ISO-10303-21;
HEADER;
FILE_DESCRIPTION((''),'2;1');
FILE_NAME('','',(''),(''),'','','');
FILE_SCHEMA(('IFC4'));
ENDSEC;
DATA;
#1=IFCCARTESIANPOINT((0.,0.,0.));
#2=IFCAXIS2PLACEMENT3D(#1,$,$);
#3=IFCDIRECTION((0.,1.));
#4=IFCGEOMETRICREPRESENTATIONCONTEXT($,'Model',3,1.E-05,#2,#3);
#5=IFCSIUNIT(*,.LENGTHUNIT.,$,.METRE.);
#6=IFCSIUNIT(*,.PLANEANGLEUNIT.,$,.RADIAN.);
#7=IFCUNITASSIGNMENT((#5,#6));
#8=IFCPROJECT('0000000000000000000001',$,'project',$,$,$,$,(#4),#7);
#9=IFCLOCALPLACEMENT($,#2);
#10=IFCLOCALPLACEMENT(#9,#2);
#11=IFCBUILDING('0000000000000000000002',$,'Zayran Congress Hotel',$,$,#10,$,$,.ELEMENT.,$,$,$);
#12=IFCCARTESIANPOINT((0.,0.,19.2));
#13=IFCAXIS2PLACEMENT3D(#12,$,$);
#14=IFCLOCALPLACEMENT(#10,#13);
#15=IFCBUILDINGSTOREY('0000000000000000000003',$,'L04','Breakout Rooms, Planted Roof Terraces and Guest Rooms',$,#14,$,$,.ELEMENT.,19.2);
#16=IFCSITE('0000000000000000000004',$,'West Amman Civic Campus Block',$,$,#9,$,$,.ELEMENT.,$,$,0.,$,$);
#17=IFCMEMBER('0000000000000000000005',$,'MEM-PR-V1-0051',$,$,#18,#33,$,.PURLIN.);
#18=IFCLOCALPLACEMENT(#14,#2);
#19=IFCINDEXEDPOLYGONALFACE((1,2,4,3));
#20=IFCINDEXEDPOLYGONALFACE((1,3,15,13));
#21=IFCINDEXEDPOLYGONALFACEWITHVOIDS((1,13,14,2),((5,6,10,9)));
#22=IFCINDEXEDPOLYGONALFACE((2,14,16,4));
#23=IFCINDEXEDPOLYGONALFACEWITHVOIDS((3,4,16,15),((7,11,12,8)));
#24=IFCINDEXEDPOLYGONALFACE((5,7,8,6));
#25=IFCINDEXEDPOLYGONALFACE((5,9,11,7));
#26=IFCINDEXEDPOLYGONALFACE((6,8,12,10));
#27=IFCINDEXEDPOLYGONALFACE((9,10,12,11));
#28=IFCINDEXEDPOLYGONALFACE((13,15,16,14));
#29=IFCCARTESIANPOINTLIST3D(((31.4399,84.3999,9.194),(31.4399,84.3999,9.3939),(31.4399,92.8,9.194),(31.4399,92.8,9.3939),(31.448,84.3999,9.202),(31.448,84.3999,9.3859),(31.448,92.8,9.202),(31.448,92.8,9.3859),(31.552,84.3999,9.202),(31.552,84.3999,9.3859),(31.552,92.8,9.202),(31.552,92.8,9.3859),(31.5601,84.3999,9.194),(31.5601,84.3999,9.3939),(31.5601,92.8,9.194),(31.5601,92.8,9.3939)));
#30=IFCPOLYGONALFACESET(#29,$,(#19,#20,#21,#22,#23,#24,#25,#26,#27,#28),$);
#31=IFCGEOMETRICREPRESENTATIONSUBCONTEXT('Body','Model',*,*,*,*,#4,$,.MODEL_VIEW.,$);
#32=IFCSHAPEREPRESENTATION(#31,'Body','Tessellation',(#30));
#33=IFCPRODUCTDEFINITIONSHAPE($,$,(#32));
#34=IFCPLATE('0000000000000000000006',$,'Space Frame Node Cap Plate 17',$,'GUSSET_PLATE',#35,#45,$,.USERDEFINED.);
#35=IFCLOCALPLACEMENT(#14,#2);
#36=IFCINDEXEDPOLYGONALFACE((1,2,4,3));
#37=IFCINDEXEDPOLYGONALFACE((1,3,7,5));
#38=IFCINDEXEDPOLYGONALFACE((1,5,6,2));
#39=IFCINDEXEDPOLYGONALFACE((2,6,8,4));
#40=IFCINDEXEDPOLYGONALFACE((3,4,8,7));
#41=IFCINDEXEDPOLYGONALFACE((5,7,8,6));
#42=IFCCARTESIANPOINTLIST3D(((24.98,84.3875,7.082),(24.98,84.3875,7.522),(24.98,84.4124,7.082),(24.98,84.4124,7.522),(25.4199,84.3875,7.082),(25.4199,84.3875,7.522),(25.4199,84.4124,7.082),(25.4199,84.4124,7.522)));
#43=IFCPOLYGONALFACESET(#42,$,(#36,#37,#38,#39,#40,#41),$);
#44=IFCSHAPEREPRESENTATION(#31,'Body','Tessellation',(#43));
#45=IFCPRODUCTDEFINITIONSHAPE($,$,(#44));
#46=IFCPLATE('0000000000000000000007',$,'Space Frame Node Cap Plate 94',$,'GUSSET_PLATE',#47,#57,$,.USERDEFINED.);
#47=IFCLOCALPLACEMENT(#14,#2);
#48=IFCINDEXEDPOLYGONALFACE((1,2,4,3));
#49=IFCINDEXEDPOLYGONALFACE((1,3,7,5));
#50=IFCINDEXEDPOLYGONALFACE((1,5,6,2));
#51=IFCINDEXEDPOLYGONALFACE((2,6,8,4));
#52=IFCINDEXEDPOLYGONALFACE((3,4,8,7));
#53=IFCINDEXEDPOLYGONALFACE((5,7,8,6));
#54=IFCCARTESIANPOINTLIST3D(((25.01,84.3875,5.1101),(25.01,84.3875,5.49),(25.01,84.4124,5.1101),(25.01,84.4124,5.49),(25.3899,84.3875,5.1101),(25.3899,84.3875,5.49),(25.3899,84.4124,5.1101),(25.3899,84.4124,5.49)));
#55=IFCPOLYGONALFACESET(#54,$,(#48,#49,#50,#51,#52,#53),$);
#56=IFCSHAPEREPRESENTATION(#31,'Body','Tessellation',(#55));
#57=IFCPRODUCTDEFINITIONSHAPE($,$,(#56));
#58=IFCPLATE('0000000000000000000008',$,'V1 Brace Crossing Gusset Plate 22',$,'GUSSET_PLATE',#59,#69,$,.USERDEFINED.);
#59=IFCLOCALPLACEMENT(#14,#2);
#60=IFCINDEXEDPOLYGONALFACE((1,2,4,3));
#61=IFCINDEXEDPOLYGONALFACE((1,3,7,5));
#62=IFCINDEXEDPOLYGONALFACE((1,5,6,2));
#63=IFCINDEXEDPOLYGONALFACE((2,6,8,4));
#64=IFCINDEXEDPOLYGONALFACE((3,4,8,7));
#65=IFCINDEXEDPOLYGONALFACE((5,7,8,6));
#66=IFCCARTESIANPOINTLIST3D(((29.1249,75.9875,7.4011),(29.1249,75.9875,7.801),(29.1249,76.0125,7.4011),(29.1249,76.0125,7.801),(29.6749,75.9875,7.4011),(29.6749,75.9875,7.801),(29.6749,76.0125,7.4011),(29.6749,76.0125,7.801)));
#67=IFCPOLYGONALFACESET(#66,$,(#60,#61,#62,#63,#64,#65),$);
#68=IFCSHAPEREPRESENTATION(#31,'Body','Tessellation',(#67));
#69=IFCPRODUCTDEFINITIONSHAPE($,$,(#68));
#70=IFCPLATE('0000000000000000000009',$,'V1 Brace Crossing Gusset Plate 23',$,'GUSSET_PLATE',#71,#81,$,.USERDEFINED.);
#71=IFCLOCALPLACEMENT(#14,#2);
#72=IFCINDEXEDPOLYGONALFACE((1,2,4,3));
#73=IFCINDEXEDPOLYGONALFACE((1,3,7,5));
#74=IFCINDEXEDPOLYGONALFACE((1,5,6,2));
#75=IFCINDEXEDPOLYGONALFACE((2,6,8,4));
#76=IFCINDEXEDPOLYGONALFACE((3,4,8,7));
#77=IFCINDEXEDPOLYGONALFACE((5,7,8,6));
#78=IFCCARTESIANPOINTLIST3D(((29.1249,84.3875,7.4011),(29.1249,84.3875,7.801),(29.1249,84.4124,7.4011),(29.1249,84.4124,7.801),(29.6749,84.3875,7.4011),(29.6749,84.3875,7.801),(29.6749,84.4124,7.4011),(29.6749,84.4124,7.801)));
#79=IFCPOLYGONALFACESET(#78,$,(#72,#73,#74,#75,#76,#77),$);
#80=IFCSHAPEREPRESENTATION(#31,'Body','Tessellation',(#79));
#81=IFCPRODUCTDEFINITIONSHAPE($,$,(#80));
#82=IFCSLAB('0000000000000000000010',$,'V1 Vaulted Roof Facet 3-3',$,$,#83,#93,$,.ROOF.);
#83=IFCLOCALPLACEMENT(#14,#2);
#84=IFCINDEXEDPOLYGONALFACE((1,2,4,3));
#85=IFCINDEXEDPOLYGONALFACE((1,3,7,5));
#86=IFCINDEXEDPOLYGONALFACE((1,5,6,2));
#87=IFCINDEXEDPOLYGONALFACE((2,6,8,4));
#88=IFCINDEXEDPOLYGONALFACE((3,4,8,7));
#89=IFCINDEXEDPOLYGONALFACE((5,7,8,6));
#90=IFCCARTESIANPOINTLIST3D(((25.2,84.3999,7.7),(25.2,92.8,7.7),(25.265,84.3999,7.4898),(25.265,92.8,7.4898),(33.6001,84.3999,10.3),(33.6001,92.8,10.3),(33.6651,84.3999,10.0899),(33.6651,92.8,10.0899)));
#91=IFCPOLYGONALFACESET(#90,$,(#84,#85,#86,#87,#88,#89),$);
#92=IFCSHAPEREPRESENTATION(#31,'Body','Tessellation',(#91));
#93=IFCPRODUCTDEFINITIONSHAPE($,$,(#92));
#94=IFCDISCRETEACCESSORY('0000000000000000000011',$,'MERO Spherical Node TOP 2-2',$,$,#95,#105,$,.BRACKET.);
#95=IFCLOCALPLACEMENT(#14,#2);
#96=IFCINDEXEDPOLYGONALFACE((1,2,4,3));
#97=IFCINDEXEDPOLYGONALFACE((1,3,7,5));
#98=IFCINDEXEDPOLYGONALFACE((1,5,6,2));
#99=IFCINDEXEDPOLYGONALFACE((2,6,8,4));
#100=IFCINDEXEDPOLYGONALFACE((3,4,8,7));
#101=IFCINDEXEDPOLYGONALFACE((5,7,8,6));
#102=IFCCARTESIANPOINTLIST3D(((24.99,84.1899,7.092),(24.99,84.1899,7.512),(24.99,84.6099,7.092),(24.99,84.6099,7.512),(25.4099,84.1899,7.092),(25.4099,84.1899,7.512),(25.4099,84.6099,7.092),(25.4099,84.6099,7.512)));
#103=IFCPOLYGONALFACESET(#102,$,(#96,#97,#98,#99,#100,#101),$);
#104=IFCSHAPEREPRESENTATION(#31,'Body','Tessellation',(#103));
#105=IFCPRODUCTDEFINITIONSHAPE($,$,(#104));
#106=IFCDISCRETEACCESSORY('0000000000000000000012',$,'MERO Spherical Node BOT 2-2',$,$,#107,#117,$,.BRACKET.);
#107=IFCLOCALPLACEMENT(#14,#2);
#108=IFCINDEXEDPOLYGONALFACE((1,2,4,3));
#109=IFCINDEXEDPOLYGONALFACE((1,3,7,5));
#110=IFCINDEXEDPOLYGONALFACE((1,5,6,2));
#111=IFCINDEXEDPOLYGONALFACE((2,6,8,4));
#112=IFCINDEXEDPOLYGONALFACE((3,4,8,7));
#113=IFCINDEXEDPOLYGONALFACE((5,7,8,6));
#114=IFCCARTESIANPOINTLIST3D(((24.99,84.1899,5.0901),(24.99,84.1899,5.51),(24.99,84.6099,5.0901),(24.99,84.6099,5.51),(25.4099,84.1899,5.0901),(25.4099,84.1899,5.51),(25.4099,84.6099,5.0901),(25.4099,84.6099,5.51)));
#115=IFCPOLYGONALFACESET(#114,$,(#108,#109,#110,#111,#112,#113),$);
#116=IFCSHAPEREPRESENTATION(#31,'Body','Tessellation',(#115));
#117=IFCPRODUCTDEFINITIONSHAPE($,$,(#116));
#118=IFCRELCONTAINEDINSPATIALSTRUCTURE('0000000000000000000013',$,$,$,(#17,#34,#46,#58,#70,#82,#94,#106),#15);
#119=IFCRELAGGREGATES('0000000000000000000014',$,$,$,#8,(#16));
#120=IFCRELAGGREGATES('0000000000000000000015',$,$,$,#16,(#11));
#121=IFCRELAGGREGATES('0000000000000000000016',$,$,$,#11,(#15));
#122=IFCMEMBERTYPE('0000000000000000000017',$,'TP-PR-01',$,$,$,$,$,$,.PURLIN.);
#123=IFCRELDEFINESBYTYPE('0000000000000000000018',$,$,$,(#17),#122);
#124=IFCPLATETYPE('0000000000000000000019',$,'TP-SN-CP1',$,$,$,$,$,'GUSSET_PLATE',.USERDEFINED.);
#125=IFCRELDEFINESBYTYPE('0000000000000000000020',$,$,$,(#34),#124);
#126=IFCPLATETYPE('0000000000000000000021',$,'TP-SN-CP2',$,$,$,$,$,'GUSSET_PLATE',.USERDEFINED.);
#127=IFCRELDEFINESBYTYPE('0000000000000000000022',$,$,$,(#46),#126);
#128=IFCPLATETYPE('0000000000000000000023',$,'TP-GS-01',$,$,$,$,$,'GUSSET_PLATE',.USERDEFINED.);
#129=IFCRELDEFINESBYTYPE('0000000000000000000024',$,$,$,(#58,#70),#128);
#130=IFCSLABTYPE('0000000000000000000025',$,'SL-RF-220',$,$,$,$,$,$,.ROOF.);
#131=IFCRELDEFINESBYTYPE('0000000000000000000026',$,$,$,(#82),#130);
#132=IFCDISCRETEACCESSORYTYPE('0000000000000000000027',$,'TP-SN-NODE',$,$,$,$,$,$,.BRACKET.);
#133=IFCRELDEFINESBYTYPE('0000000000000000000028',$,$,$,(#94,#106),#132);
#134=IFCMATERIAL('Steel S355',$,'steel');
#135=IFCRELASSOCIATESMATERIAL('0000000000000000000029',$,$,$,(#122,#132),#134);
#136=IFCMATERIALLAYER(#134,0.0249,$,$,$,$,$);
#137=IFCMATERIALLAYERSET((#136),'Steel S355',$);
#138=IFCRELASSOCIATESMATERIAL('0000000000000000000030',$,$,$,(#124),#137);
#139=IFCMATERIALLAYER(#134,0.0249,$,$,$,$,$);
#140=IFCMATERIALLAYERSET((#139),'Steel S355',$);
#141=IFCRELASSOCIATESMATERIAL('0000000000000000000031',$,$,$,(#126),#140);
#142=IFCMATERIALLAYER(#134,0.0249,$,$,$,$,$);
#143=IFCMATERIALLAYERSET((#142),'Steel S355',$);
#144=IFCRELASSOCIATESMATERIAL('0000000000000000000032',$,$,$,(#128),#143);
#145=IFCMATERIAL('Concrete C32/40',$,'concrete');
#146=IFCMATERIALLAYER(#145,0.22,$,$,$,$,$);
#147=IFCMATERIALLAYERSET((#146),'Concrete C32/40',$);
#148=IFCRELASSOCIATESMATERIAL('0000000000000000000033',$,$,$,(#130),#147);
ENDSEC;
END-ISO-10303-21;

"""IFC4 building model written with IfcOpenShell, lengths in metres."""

from ifc_helpers import new_model, si_unit, direction, frame, origin, origin_2d, place, context, subcontext, project, spatial, polyline, rectangle, hollow_rectangle, outline, extrude, material, layer, layer_set, material_profile, profile_set, type_object, element, save


model = new_model("IFC4")

# Units and contexts
model_context = context("Model", 3, precision=1e-05, world=origin(), true_north=direction((0.0, 1.0)))
body_context = subcontext(model_context, "Body", "Model", "MODEL_VIEW")
ifc_project = project(units=[si_unit("LENGTHUNIT", "METRE"), si_unit("PLANEANGLEUNIT", "RADIAN")], contexts=[model_context])

# Site, building, storey
site_placement = place(None, origin())
site = spatial("IfcSite", under=ifc_project, at=site_placement, Name="West Amman Civic Campus Block", CompositionType="ELEMENT", RefElevation=0.0)
building_placement = place(site_placement, origin())
building = spatial("IfcBuilding", under=site, at=building_placement, Name="Zayran Congress Hotel", CompositionType="ELEMENT")
storey_placement = place(building_placement, frame((0.0, 0.0, 19.2)))
storey = spatial("IfcBuildingStorey", under=building, at=storey_placement, Name="L04", Description="Breakout Rooms, Planted Roof Terraces and Guest Rooms", CompositionType="ELEMENT", Elevation=19.2)

# Member
ifc_material_1 = material(Name="Steel S355", Category="steel")
ifc_material_profile_1 = material_profile(ifc_material_1, hollow_rectangle(XDim=0.1201, YDim=0.2, WallThickness=0.0081, at=origin_2d()), Name="RHS 200x120x8")
ifc_profile_set_1 = profile_set([ifc_material_profile_1], Name="Steel S355")
member_type_1 = type_object("IfcMemberType", Name="TP-PR-01", PredefinedType="PURLIN", material=ifc_profile_set_1)
member_1_placement = place(storey_placement, frame((31.5, 84.3999, 9.2939), z_axis=(0.0, 1.0, 0.0), x_axis=(-1.0, 0.0, 0.0)))
element("IfcMember", 1, at=member_1_placement, inside=storey, type_object=member_type_1, Name="MEM-PR-V1-0051", PredefinedType="PURLIN", context=body_context, shape_type="SweptSolid", body=[
    extrude(hollow_rectangle(XDim=0.1201, YDim=0.2, WallThickness=0.0081, at=origin_2d()), origin(), (0.0, 0.0, 1.0), 8.4001),
])

# Plates
ifc_layer_1 = layer(ifc_material_1, 0.0249)
ifc_layer_set_1 = layer_set([ifc_layer_1], Name="Steel S355")
plate_type_1 = type_object("IfcPlateType", Name="TP-SN-CP1", ElementType="GUSSET_PLATE", PredefinedType="USERDEFINED", material=ifc_layer_set_1)
plate_1_placement = place(storey_placement, frame((25.2, 84.3999, 7.082), z_axis=(0.0, 0.0, 1.0), x_axis=(1.0, 0.0, 0.0)))
element("IfcPlate", 2, at=plate_1_placement, inside=storey, type_object=plate_type_1, Name="Space Frame Node Cap Plate 17", ObjectType="GUSSET_PLATE", PredefinedType="USERDEFINED", context=body_context, shape_type="SweptSolid", body=[
    extrude(rectangle(XDim=0.4399, YDim=0.0249, at=origin_2d()), origin(), (0.0, 0.0, 1.0), 0.4399),
])
ifc_layer_2 = layer(ifc_material_1, 0.0249)
ifc_layer_set_2 = layer_set([ifc_layer_2], Name="Steel S355")
plate_type_2 = type_object("IfcPlateType", Name="TP-SN-CP2", ElementType="GUSSET_PLATE", PredefinedType="USERDEFINED", material=ifc_layer_set_2)
plate_2_placement = place(storey_placement, frame((25.2, 84.3999, 5.1101), z_axis=(0.0, 0.0, 1.0), x_axis=(1.0, 0.0, 0.0)))
element("IfcPlate", 3, at=plate_2_placement, inside=storey, type_object=plate_type_2, Name="Space Frame Node Cap Plate 94", ObjectType="GUSSET_PLATE", PredefinedType="USERDEFINED", context=body_context, shape_type="SweptSolid", body=[
    extrude(rectangle(XDim=0.3799, YDim=0.0249, at=origin_2d()), origin(), (0.0, 0.0, 1.0), 0.3799),
])
ifc_layer_3 = layer(ifc_material_1, 0.0249)
ifc_layer_set_3 = layer_set([ifc_layer_3], Name="Steel S355")
plate_type_3 = type_object("IfcPlateType", Name="TP-GS-01", ElementType="GUSSET_PLATE", PredefinedType="USERDEFINED", material=ifc_layer_set_3)
for number, where, z_axis, x_axis, name in (
    (4, (29.3999, 76.0, 7.4011), (0.0, 0.0, 1.0), (1.0, 0.0, 0.0), "V1 Brace Crossing Gusset Plate 22"),
    (5, (29.3999, 84.3999, 7.4011), (0.0, 0.0, 1.0), (1.0, 0.0, 0.0), "V1 Brace Crossing Gusset Plate 23"),
):
    element("IfcPlate", number, at=place(storey_placement, frame(where, z_axis=z_axis, x_axis=x_axis)), inside=storey, type_object=plate_type_3, Name=name, ObjectType="GUSSET_PLATE", PredefinedType="USERDEFINED", context=body_context, shape_type="SweptSolid", body=[
        extrude(rectangle(XDim=0.55, YDim=0.0249, at=origin_2d()), origin(), (0.0, 0.0, 1.0), 0.3999),
    ])

# Slab
ifc_material_2 = material(Name="Concrete C32/40", Category="concrete")
ifc_layer_4 = layer(ifc_material_2, 0.22)
ifc_layer_set_4 = layer_set([ifc_layer_4], Name="Concrete C32/40")
slab_type = type_object("IfcSlabType", Name="SL-RF-220", PredefinedType="ROOF", material=ifc_layer_set_4)
slab_placement = place(storey_placement, frame((25.2, 84.3999, 7.7), z_axis=(-0.295689, 0.0, 0.955284), x_axis=(0.955284, 0.0, 0.295689)))
element("IfcSlab", 6, at=slab_placement, inside=storey, type_object=slab_type, Name="V1 Vaulted Roof Facet 3-3", PredefinedType="ROOF", context=body_context, shape_type="SweptSolid", body=[
    extrude(outline(polyline([(0.0, 0.0), (8.7933, 0.0), (8.7933, 8.4001), (0.0, 8.4001), (0.0, 0.0)])), origin(), (0.0, 0.0, -1.0), 0.22),
])

# Discrete accessories
discrete_accessory_type = type_object("IfcDiscreteAccessoryType", Name="TP-SN-NODE", PredefinedType="BRACKET", material=ifc_material_1)
for number, where, z_axis, x_axis, name in (
    (7, (25.2, 84.3999, 7.092), (0.0, 0.0, 1.0), (1.0, 0.0, 0.0), "MERO Spherical Node TOP 2-2"),
    (8, (25.2, 84.3999, 5.0901), (0.0, 0.0, 1.0), (1.0, 0.0, 0.0), "MERO Spherical Node BOT 2-2"),
):
    element("IfcDiscreteAccessory", number, at=place(storey_placement, frame(where, z_axis=z_axis, x_axis=x_axis)), inside=storey, type_object=discrete_accessory_type, Name=name, PredefinedType="BRACKET", context=body_context, shape_type="SweptSolid", body=[
        extrude(rectangle(XDim=0.4199, YDim=0.4199, at=origin_2d()), origin(), (0.0, 0.0, 1.0), 0.4199),
    ])

save(model, "model.ifc")
